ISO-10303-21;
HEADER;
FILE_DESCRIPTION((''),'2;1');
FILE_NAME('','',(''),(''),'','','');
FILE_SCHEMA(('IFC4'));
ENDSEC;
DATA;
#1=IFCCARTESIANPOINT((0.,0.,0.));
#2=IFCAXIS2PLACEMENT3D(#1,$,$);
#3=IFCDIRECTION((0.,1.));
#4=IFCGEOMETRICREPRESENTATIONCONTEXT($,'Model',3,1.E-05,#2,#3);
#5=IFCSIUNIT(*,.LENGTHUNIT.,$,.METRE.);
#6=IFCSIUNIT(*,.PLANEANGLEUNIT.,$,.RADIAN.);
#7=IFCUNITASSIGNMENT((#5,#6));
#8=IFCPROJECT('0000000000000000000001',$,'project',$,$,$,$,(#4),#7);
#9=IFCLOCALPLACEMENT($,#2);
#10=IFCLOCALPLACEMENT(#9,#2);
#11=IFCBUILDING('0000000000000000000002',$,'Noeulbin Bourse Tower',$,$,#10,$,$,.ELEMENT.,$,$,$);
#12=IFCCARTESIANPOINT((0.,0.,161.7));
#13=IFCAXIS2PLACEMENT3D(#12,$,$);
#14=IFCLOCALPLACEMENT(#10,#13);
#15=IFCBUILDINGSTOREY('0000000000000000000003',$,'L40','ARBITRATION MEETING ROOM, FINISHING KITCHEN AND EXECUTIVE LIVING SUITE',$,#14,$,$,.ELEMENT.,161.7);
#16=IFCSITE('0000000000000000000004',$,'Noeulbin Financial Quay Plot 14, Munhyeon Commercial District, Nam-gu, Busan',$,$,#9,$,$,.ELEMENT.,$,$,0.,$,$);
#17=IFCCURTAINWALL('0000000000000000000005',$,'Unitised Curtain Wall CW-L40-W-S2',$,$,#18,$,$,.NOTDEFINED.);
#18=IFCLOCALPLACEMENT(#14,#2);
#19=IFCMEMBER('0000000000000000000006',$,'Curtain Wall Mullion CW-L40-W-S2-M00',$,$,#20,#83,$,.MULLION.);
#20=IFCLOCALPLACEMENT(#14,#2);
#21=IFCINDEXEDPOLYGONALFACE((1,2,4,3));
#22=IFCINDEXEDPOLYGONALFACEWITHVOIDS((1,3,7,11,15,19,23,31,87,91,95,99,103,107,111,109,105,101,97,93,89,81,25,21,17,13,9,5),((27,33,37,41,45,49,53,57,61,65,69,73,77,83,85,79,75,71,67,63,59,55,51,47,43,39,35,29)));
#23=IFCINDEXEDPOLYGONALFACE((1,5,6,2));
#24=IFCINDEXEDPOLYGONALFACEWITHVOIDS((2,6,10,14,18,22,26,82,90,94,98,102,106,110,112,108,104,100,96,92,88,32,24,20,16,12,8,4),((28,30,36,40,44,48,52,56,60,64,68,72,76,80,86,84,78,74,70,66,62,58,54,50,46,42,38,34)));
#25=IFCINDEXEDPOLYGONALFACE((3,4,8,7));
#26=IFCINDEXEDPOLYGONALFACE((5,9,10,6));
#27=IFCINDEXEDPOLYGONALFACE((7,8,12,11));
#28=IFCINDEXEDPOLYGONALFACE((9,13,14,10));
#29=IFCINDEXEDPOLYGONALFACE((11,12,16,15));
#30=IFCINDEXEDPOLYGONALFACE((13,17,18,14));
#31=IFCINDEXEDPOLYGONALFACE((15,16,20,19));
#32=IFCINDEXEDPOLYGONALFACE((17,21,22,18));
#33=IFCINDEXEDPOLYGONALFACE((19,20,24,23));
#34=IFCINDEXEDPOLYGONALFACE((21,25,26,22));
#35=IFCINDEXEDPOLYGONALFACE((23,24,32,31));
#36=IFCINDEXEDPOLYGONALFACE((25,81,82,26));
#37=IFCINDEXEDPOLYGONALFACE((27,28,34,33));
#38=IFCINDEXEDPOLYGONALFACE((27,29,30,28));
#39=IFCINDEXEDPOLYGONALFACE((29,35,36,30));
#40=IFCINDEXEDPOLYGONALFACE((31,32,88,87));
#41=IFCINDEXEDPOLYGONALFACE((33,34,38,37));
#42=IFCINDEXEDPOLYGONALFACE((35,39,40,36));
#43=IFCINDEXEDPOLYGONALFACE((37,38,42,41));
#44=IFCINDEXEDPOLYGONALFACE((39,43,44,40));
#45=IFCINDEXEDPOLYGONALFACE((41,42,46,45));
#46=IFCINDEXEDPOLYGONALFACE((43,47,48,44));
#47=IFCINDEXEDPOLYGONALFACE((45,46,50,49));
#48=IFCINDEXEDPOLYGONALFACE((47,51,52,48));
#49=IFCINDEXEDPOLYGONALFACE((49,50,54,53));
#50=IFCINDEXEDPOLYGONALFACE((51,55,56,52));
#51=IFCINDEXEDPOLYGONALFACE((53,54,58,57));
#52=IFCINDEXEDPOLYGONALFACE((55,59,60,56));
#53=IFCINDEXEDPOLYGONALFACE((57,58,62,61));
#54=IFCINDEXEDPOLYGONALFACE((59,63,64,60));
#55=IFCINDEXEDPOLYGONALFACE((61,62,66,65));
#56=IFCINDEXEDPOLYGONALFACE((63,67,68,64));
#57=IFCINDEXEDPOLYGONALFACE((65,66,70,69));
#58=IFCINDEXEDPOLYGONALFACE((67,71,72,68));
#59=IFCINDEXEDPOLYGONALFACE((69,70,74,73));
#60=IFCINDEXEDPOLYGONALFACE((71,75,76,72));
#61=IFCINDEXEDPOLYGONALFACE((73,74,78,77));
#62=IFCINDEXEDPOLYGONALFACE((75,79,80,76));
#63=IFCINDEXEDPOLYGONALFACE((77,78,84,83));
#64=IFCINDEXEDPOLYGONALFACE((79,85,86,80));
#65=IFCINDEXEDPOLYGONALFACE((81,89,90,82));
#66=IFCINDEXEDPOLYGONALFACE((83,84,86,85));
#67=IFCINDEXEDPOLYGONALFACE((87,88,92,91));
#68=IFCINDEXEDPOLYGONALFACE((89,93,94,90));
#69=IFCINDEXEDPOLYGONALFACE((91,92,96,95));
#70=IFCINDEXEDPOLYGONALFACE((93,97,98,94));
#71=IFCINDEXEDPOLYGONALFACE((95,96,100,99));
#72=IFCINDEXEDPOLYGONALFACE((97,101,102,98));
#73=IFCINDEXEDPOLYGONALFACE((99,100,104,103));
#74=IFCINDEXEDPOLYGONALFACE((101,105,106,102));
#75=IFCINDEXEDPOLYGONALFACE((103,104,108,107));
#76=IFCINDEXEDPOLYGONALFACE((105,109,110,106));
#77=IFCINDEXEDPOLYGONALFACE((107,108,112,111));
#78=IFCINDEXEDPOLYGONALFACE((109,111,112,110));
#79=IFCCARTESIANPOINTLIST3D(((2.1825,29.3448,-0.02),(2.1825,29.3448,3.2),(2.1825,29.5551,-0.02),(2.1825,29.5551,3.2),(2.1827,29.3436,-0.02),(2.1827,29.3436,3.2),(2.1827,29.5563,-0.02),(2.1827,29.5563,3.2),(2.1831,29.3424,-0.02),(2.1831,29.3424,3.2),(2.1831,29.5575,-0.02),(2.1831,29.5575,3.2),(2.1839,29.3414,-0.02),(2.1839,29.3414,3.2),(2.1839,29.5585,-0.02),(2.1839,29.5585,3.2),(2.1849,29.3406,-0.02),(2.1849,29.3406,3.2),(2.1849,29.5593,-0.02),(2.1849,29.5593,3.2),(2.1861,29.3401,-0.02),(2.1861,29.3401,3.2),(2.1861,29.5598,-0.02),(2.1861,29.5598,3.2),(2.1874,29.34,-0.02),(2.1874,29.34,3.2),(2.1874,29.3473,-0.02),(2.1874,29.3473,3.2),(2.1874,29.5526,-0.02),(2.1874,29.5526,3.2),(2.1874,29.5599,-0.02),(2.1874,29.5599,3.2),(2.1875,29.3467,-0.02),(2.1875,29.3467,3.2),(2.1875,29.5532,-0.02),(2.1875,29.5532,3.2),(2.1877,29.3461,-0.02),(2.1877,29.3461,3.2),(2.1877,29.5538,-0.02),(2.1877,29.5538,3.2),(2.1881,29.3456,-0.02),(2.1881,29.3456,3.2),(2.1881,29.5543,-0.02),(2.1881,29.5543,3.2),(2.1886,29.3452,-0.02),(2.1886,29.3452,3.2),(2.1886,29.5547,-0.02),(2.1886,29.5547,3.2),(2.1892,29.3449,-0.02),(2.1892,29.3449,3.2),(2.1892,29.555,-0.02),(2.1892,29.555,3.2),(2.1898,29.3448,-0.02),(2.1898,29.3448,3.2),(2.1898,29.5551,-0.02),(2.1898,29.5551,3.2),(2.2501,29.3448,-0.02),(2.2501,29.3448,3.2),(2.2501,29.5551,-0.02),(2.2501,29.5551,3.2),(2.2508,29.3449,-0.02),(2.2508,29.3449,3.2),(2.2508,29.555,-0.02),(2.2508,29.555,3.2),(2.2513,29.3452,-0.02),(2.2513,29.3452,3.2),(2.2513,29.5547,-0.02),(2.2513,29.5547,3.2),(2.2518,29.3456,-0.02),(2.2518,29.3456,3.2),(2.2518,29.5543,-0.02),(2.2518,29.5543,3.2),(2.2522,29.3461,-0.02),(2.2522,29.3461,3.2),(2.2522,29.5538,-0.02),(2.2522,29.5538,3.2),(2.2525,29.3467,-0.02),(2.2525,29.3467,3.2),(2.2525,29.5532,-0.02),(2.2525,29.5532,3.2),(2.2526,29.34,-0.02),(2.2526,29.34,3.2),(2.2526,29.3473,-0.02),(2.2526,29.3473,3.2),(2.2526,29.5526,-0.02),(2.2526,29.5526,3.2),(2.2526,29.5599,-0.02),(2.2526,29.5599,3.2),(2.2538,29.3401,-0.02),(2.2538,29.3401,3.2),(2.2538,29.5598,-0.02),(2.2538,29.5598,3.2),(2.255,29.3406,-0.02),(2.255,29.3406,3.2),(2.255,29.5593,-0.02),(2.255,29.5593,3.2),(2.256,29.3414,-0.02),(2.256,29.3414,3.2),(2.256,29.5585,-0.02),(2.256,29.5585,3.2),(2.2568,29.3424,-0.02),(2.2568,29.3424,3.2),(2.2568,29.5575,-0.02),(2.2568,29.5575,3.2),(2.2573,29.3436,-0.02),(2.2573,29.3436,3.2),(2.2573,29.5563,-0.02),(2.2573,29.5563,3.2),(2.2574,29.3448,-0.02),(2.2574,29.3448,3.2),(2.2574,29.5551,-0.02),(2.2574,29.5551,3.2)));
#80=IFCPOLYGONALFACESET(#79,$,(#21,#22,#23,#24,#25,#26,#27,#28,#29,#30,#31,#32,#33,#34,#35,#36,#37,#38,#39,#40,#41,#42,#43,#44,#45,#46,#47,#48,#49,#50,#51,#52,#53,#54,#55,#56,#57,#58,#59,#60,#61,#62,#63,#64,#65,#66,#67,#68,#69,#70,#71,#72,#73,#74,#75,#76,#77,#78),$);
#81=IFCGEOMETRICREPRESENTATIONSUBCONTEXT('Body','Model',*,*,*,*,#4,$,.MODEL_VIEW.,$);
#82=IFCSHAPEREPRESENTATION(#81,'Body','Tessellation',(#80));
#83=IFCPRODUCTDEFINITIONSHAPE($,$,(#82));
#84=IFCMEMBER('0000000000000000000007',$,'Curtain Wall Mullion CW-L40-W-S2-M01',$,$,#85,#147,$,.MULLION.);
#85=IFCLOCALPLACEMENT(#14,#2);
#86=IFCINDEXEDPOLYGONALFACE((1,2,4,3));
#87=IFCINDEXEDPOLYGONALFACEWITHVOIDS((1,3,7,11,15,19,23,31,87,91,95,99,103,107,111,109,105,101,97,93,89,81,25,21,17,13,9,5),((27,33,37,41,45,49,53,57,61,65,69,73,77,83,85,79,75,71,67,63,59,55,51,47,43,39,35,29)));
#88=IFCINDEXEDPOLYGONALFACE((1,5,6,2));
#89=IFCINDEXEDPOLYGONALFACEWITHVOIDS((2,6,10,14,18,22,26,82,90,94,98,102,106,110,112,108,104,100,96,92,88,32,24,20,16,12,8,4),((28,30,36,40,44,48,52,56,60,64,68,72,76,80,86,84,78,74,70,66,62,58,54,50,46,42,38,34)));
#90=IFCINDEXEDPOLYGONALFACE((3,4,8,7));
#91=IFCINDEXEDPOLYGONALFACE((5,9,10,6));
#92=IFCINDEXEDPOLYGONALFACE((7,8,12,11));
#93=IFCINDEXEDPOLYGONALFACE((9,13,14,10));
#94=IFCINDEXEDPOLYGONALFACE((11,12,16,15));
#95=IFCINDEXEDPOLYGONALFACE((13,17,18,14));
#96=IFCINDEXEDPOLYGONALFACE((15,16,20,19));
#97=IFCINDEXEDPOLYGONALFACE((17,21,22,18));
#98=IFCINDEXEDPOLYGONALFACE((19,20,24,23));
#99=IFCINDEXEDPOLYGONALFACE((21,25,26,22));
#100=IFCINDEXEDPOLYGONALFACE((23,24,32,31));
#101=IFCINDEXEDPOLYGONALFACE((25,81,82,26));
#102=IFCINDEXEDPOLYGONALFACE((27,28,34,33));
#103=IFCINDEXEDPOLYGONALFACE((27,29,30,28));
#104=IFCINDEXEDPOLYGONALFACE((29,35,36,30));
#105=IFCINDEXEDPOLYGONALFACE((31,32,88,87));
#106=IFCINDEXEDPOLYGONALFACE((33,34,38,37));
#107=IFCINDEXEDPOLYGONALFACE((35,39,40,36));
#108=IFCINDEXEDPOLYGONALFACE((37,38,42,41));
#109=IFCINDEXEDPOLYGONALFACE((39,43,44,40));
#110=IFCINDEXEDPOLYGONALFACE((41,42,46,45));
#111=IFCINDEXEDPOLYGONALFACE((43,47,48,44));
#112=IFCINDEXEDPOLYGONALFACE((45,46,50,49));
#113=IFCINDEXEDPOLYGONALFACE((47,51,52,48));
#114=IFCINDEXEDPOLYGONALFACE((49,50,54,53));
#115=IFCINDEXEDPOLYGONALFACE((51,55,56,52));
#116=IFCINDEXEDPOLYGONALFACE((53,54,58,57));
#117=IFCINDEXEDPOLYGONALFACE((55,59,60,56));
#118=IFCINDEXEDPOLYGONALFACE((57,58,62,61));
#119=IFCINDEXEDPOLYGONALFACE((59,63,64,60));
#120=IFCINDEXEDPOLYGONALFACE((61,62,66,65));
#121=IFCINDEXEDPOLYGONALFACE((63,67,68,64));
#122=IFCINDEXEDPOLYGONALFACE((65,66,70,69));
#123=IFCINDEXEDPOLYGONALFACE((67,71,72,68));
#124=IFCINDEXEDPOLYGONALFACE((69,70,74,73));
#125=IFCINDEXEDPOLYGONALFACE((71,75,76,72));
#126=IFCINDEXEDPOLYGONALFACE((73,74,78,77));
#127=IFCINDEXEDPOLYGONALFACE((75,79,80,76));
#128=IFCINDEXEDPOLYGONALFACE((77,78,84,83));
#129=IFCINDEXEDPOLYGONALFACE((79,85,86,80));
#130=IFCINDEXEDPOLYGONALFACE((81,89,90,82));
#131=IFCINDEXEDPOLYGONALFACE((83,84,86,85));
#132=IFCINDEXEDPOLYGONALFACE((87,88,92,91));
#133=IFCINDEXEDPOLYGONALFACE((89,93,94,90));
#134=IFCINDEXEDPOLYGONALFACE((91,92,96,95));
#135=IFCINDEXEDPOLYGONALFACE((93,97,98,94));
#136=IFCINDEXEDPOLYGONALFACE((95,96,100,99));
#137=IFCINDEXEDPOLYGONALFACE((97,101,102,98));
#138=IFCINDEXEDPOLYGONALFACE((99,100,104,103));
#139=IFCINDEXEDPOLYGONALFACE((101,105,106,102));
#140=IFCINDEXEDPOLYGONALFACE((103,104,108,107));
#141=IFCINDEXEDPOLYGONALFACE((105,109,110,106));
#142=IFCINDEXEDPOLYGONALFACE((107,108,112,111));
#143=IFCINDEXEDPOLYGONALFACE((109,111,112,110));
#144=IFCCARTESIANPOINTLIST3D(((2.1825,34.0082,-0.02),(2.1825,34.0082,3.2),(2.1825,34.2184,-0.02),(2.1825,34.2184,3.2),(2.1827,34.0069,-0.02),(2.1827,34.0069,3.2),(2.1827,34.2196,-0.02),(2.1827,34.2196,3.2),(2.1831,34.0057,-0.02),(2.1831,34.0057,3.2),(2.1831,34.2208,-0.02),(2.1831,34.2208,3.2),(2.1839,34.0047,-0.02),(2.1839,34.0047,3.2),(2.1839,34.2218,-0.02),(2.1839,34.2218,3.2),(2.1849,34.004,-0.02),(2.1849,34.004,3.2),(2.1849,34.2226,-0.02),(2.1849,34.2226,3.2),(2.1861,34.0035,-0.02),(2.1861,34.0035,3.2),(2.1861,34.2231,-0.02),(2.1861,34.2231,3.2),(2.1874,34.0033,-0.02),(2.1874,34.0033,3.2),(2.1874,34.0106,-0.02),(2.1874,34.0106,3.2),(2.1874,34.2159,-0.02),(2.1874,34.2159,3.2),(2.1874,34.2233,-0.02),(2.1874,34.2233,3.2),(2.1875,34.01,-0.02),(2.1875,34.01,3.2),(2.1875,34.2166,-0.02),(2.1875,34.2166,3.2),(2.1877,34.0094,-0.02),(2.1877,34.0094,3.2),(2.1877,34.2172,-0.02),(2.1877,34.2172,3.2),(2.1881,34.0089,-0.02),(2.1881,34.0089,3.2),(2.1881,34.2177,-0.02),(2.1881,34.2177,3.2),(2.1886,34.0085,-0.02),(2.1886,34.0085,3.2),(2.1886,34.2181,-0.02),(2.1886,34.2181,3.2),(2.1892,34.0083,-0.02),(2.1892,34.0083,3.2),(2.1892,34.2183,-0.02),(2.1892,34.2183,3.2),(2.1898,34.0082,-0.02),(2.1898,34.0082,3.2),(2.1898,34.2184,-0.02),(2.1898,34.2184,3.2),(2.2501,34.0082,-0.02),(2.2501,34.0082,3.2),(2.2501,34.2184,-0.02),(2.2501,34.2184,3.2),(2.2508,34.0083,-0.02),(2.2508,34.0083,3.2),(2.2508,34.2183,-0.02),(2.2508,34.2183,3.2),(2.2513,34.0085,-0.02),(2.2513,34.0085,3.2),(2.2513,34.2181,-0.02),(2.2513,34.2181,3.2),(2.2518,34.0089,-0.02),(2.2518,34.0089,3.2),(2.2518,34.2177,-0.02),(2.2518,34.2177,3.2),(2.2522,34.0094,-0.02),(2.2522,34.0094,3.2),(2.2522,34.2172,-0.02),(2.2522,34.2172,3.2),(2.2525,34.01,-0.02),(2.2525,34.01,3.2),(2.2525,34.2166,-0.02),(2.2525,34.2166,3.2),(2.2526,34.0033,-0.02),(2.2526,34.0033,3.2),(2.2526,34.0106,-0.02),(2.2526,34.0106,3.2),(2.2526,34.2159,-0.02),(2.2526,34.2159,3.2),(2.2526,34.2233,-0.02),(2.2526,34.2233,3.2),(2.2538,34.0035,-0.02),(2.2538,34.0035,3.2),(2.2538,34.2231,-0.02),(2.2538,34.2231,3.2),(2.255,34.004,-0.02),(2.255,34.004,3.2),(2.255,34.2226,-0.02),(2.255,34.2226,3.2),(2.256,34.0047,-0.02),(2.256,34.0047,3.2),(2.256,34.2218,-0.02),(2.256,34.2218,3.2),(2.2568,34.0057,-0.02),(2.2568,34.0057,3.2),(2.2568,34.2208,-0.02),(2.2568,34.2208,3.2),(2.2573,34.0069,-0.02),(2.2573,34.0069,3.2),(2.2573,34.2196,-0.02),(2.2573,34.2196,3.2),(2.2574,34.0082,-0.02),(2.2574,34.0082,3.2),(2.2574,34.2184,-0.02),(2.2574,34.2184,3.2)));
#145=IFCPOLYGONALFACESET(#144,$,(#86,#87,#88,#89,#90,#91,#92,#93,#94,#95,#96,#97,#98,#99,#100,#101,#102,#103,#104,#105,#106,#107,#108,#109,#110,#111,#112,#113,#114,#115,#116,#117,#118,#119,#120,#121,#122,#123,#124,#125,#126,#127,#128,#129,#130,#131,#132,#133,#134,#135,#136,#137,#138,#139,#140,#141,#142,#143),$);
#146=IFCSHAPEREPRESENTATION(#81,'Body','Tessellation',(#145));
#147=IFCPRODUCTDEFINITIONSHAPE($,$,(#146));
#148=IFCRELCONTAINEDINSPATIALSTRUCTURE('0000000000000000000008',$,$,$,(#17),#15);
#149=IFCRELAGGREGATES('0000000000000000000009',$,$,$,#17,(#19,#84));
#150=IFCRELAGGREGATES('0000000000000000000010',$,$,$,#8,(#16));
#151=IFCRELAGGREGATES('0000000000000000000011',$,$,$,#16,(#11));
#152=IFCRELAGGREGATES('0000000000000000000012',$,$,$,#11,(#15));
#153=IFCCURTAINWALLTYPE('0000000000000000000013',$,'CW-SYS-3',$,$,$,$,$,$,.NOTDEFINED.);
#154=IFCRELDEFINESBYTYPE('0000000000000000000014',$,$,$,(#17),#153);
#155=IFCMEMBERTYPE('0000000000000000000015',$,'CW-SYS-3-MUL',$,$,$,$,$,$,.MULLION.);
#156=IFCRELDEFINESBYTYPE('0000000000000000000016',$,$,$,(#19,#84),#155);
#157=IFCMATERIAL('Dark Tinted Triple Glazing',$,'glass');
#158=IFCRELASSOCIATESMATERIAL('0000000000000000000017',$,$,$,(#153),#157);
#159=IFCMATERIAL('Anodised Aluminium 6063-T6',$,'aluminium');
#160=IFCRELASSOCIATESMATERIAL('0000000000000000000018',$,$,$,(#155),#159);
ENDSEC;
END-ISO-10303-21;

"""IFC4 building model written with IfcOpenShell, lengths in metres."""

from ifc_helpers import new_model, si_unit, direction, frame, origin, origin_2d, place, context, subcontext, project, spatial, hollow_rectangle, extrude, material, material_profile, profile_set, type_object, element, aggregate, save


model = new_model("IFC4")

# Units and contexts
model_context = context("Model", 3, precision=1e-05, world=origin(), true_north=direction((0.0, 1.0)))
body_context = subcontext(model_context, "Body", "Model", "MODEL_VIEW")
ifc_project = project(units=[si_unit("LENGTHUNIT", "METRE"), si_unit("PLANEANGLEUNIT", "RADIAN")], contexts=[model_context])

# Site, building, storey
site_placement = place(None, origin())
site = spatial("IfcSite", under=ifc_project, at=site_placement, Name="Noeulbin Financial Quay Plot 14, Munhyeon Commercial District, Nam-gu, Busan", CompositionType="ELEMENT", RefElevation=0.0)
building_placement = place(site_placement, origin())
building = spatial("IfcBuilding", under=site, at=building_placement, Name="Noeulbin Bourse Tower", CompositionType="ELEMENT")
storey_placement = place(building_placement, frame((0.0, 0.0, 161.7)))
storey = spatial("IfcBuildingStorey", under=building, at=storey_placement, Name="L40", Description="ARBITRATION MEETING ROOM, FINISHING KITCHEN AND EXECUTIVE LIVING SUITE", CompositionType="ELEMENT", Elevation=161.7)

# Shared definitions
ifc_material_1 = material(Name="Dark Tinted Triple Glazing", Category="glass")
curtain_wall_type = type_object("IfcCurtainWallType", Name="CW-SYS-3", PredefinedType="NOTDEFINED", material=ifc_material_1)
ifc_material_2 = material(Name="Anodised Aluminium 6063-T6", Category="aluminium")
ifc_material_profile_1 = material_profile(ifc_material_2, hollow_rectangle(XDim=0.075, YDim=0.22, WallThickness=0.0049, InnerFilletRadius=0.0024, OuterFilletRadius=0.0049, at=origin_2d()), Name="ALU-MULL-75x220x5", Category="LoadBearing")
ifc_profile_set_1 = profile_set([ifc_material_profile_1], Name="Anodised Aluminium 6063-T6")
member_type_1 = type_object("IfcMemberType", Name="CW-SYS-3-MUL", PredefinedType="MULLION", material=ifc_profile_set_1)

# Curtain wall, members
curtain_wall_1_placement = place(storey_placement, origin())
curtain_wall_1 = element("IfcCurtainWall", 1, at=curtain_wall_1_placement, inside=storey, type_object=curtain_wall_type, Name="Unitised Curtain Wall CW-L40-W-S2", PredefinedType="NOTDEFINED")
member_1_placement = place(storey_placement, frame((2.22, 29.45, -0.02), z_axis=(0.0, 0.0, 1.0), x_axis=(1.0, 0.0, 0.0)))
member_1 = element("IfcMember", 2, at=member_1_placement, type_object=member_type_1, Name="Curtain Wall Mullion CW-L40-W-S2-M00", PredefinedType="MULLION", context=body_context, shape_type="SweptSolid", body=[
    extrude(hollow_rectangle(XDim=0.075, YDim=0.22, WallThickness=0.0049, InnerFilletRadius=0.0024, OuterFilletRadius=0.0049, at=origin_2d()), origin(), (0.0, 0.0, 1.0), 3.22),
])
member_2_placement = place(storey_placement, frame((2.22, 34.1133, -0.02), z_axis=(0.0, 0.0, 1.0), x_axis=(1.0, 0.0, 0.0)))
member_2 = element("IfcMember", 3, at=member_2_placement, type_object=member_type_1, Name="Curtain Wall Mullion CW-L40-W-S2-M01", PredefinedType="MULLION", context=body_context, shape_type="SweptSolid", body=[
    extrude(hollow_rectangle(XDim=0.075, YDim=0.22, WallThickness=0.0049, InnerFilletRadius=0.0024, OuterFilletRadius=0.0049, at=origin_2d()), origin(), (0.0, 0.0, 1.0), 3.22),
])

aggregate(curtain_wall_1, [member_1, member_2])

save(model, "model.ifc")
